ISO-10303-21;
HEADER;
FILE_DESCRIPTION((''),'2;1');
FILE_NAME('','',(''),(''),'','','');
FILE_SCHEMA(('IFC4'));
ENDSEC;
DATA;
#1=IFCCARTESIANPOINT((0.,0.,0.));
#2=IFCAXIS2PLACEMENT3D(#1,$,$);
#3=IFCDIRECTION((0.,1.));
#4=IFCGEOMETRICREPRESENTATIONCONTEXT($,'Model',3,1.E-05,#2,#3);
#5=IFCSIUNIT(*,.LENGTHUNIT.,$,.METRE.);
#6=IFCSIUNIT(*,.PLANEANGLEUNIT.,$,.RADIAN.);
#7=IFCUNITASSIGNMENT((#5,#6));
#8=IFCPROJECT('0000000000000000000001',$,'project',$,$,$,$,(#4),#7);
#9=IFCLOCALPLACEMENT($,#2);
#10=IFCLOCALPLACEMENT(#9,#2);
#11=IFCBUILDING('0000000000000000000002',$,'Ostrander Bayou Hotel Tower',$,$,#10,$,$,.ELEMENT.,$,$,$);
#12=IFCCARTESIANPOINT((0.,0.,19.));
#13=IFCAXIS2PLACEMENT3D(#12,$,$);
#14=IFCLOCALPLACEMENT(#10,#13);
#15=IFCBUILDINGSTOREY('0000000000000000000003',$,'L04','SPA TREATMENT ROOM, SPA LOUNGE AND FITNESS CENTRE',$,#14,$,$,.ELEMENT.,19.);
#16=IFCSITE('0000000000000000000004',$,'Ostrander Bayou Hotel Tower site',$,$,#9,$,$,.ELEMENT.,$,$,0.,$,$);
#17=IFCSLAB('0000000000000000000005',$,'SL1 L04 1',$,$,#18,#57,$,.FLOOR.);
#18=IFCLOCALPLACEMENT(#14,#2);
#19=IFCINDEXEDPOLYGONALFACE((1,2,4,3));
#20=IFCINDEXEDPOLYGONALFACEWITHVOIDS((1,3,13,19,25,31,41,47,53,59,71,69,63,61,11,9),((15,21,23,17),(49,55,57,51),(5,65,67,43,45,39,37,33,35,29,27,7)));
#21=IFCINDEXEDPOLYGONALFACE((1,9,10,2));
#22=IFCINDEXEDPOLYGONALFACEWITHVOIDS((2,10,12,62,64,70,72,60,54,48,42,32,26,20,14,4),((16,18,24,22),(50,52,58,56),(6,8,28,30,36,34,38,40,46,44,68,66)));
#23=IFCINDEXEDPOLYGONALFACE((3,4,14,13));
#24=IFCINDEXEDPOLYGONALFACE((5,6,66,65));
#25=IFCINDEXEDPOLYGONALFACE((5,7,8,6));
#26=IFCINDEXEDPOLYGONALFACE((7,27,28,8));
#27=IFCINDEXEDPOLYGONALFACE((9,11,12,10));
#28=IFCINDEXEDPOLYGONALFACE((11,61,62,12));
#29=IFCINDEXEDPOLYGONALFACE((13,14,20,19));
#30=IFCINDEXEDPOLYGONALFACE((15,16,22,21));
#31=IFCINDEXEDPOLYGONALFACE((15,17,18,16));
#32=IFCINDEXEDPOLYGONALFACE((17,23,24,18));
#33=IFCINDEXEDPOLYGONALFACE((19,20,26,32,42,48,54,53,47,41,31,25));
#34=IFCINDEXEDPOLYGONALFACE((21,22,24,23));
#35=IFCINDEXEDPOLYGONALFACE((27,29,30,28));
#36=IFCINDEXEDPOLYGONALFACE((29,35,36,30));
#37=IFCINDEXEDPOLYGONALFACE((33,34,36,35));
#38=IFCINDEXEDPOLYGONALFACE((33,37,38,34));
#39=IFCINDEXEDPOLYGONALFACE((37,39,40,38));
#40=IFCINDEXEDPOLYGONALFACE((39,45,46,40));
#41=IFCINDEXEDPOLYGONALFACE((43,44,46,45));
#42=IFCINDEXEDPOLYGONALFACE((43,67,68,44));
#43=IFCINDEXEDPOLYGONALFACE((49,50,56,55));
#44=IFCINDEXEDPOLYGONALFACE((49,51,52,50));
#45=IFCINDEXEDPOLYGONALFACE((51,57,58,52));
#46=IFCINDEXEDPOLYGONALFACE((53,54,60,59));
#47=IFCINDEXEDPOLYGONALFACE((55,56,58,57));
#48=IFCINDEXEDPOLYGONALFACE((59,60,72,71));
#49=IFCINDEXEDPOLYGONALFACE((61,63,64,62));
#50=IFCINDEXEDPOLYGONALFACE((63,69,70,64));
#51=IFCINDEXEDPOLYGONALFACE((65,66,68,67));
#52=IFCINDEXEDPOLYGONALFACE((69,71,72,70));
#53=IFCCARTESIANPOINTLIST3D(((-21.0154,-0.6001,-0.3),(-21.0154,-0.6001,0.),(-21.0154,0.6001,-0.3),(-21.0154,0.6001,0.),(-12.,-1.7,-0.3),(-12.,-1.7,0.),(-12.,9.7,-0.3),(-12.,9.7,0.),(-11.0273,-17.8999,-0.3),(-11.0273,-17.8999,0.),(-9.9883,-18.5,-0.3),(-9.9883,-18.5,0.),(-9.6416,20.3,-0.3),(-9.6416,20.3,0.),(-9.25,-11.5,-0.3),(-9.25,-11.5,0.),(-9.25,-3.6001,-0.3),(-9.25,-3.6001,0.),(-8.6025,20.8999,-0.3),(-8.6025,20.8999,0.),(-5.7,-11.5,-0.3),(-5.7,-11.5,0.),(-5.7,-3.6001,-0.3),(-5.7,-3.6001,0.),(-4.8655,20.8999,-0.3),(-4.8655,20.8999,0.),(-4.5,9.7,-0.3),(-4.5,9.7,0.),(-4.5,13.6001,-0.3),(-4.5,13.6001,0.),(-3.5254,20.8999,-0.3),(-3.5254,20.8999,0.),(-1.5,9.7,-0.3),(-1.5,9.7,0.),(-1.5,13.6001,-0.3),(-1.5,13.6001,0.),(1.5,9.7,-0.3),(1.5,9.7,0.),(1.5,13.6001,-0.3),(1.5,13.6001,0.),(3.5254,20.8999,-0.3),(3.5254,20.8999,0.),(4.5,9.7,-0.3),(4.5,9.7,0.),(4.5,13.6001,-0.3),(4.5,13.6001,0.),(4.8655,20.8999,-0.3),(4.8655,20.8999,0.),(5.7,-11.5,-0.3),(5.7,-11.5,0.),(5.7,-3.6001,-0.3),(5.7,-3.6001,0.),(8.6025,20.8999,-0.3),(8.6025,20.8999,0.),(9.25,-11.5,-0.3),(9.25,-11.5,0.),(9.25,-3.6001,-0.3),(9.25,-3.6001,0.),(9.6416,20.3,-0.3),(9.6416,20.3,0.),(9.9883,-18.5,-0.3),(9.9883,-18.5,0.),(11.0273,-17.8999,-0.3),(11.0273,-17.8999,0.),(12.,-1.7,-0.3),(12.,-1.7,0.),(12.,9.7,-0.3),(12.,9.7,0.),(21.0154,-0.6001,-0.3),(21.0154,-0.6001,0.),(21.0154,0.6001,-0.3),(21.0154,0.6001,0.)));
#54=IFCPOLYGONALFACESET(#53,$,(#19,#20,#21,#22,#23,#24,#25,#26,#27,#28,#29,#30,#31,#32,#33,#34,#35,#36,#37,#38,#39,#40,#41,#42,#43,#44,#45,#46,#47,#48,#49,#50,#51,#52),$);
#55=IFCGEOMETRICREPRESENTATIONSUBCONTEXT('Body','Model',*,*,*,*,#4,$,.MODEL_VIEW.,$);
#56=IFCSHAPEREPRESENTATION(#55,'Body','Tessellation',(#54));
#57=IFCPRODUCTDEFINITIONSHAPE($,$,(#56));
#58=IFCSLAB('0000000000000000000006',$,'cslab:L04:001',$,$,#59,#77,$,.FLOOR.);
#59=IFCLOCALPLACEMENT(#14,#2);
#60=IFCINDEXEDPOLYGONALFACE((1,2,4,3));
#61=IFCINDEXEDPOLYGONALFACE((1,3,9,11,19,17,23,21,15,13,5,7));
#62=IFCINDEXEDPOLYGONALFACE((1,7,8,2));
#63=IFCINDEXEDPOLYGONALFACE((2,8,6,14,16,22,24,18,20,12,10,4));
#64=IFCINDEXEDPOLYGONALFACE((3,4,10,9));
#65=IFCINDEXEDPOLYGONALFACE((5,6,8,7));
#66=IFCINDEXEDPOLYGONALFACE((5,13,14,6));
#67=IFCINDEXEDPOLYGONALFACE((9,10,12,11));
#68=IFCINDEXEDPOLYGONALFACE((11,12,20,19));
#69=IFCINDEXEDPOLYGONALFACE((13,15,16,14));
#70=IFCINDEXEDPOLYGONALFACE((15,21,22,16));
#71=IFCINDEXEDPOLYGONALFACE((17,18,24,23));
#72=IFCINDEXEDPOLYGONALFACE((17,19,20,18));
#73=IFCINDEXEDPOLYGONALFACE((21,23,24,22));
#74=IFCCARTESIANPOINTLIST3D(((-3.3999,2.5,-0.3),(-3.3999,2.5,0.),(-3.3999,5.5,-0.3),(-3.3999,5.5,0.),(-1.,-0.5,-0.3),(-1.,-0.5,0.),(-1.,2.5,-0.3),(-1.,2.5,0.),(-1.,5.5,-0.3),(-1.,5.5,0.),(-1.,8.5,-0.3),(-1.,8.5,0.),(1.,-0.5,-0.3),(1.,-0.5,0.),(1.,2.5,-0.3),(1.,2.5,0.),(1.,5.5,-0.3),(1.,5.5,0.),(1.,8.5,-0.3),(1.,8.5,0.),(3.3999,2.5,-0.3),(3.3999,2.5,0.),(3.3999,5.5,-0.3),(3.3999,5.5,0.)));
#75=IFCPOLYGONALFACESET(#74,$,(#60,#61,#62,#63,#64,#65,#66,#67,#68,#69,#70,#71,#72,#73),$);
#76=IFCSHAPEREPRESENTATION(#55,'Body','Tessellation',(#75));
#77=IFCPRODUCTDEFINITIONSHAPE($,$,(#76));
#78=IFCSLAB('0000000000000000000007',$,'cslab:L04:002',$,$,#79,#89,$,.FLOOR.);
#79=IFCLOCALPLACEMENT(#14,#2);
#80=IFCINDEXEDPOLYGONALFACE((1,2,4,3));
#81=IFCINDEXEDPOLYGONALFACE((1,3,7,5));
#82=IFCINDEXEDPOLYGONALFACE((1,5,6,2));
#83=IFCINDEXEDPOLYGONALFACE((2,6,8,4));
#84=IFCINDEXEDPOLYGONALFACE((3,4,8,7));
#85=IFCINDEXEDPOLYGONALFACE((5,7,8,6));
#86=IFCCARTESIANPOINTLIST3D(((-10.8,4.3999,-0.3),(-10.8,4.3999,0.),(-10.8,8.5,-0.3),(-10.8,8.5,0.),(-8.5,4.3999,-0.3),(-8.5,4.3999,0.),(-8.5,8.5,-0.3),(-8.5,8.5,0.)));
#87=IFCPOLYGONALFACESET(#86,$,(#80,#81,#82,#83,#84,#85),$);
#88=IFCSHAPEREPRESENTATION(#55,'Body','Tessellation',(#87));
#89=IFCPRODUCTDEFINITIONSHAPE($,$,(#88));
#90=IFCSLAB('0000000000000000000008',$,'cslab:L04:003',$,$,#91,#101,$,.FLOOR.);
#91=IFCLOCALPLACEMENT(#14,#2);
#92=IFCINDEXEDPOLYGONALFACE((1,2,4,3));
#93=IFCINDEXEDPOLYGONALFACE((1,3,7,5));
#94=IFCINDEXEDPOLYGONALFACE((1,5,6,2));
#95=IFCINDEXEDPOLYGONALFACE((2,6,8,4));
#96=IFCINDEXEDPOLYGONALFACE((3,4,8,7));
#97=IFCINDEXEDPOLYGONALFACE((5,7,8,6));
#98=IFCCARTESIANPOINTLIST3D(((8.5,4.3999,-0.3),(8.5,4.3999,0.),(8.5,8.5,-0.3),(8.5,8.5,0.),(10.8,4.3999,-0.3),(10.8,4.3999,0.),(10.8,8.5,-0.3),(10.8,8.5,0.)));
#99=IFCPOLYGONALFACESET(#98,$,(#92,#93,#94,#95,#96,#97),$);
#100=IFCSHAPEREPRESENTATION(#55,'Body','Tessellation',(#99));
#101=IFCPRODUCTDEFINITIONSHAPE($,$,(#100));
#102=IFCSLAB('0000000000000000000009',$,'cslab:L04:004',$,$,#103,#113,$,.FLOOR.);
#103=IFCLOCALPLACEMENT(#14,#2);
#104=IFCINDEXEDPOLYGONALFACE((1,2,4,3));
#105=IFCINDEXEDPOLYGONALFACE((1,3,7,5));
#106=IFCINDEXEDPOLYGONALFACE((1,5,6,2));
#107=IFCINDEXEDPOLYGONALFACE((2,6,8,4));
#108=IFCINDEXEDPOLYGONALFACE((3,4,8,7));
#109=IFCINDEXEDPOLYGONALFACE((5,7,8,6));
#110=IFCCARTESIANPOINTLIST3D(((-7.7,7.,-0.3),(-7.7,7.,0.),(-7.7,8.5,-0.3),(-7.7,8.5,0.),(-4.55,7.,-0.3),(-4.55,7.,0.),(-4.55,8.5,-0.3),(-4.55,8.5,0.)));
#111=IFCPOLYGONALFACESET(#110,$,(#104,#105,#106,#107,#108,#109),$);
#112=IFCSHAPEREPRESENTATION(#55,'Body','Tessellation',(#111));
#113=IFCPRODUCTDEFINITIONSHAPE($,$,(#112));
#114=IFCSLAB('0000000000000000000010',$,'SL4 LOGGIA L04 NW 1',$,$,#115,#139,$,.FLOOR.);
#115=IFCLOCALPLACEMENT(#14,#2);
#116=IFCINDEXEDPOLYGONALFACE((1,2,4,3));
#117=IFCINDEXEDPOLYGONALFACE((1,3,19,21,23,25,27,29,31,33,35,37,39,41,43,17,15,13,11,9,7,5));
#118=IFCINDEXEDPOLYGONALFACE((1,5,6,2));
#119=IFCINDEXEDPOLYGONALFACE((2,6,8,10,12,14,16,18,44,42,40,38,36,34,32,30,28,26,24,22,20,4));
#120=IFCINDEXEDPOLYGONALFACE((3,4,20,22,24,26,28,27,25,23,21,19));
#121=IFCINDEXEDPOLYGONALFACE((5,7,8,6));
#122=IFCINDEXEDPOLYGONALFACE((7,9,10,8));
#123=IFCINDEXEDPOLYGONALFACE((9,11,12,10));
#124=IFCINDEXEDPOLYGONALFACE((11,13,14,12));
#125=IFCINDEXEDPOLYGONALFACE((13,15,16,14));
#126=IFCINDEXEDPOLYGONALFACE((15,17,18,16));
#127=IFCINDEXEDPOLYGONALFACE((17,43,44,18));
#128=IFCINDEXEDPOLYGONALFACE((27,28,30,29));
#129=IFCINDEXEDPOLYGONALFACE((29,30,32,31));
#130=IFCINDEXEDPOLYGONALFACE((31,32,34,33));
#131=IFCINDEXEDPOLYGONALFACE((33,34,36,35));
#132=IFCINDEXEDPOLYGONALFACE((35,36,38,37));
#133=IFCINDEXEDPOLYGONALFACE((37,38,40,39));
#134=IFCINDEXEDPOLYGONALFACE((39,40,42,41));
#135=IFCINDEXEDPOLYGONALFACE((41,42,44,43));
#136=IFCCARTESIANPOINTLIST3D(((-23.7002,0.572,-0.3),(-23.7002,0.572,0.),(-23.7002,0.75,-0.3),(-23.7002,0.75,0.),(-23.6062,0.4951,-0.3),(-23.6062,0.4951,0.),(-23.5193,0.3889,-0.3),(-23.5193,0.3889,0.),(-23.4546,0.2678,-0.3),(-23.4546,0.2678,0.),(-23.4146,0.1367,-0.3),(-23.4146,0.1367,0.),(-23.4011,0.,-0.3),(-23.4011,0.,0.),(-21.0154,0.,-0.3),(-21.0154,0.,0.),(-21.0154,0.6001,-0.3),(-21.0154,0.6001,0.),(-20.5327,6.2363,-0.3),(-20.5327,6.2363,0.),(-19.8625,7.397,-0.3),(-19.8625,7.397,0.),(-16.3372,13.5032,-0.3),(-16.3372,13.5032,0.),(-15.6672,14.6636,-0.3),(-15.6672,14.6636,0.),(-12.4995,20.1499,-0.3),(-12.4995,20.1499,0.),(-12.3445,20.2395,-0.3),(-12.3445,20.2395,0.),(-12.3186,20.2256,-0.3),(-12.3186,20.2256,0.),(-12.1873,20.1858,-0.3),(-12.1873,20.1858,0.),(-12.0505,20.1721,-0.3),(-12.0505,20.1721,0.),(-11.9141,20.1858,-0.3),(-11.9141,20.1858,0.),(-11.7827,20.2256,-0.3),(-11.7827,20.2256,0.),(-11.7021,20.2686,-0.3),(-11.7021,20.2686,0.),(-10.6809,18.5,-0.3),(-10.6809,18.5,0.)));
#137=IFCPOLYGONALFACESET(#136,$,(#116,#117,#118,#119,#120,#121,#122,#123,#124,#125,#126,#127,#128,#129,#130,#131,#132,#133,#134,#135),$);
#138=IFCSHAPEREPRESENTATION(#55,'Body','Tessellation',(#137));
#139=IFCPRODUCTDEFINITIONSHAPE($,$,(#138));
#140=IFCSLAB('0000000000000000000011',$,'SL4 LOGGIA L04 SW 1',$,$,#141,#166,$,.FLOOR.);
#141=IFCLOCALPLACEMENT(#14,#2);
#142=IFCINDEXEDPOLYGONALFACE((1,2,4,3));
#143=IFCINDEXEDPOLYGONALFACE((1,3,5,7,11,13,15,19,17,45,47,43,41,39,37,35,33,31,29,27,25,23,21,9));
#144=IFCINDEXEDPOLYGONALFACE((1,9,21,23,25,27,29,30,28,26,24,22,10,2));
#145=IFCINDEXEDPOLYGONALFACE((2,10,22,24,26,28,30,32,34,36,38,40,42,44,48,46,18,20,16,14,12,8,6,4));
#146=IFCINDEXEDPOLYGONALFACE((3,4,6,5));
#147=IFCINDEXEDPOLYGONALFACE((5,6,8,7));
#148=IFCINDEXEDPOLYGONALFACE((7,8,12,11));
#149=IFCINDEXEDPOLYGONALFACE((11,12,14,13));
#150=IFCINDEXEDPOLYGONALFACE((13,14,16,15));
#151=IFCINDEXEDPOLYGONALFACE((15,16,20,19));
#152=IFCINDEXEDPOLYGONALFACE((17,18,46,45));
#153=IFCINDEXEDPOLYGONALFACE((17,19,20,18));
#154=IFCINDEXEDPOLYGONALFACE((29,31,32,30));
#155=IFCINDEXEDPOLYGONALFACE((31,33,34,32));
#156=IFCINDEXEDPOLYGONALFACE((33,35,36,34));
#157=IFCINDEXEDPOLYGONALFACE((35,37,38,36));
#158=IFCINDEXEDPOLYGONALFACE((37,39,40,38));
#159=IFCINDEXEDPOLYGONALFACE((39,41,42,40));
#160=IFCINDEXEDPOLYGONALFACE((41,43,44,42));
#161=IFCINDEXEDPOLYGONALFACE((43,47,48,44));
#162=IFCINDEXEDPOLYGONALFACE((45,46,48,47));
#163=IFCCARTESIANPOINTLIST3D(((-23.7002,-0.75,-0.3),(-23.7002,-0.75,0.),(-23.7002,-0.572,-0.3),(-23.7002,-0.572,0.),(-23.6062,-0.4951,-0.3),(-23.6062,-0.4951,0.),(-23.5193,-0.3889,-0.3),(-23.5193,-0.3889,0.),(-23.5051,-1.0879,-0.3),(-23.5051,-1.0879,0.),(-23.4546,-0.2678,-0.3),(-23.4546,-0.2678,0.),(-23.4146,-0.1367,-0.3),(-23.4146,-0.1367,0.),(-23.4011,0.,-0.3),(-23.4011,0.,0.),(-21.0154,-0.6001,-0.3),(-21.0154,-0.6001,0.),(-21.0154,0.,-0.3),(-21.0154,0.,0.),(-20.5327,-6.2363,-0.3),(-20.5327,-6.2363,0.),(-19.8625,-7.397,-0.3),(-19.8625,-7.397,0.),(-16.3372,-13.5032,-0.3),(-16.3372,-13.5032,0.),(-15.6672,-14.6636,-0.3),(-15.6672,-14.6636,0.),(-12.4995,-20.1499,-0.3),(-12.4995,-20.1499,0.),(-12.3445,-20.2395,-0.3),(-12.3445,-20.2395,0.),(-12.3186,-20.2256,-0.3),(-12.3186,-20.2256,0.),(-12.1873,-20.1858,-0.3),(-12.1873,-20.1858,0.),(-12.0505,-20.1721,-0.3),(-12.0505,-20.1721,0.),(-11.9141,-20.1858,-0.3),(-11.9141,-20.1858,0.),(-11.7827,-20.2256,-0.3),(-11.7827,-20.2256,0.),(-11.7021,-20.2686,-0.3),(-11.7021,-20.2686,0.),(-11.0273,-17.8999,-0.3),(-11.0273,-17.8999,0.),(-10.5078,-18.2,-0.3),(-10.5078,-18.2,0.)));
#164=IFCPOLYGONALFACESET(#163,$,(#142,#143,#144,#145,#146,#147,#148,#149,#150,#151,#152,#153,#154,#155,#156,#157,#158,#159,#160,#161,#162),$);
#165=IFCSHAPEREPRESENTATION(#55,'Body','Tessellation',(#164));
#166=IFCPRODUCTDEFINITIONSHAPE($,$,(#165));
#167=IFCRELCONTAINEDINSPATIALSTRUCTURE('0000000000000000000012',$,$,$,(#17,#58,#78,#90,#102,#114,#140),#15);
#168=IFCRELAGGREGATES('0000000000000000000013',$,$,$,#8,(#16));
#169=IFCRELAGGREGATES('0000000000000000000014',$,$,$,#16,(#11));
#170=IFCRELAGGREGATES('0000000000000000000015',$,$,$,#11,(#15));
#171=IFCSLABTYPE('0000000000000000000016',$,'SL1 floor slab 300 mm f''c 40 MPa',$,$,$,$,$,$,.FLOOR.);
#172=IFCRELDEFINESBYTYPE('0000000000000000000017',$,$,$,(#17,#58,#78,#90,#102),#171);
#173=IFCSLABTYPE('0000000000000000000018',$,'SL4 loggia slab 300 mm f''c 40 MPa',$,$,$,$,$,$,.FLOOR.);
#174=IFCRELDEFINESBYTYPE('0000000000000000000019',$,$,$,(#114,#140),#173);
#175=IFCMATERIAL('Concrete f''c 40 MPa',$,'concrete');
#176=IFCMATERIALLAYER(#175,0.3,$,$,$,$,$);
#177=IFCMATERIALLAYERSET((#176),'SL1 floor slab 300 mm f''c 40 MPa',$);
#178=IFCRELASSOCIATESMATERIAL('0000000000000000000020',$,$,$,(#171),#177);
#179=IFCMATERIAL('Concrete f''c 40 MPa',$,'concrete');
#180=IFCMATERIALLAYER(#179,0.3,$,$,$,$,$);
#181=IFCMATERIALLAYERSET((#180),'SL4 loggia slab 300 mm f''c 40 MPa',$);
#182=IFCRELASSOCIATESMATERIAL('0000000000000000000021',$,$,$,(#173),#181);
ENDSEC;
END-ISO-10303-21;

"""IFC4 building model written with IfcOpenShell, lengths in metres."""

from ifc_helpers import new_model, si_unit, direction, frame, origin, place, context, subcontext, project, spatial, polyline, outline, extrude, material, layer, layer_set, type_object, element, save


model = new_model("IFC4")

# Units and contexts
model_context = context("Model", 3, precision=1e-05, world=origin(), true_north=direction((0.0, 1.0)))
body_context = subcontext(model_context, "Body", "Model", "MODEL_VIEW")
ifc_project = project(units=[si_unit("LENGTHUNIT", "METRE"), si_unit("PLANEANGLEUNIT", "RADIAN")], contexts=[model_context])

# Site, building, storey
site_placement = place(None, origin())
site = spatial("IfcSite", under=ifc_project, at=site_placement, Name="Ostrander Bayou Hotel Tower site", CompositionType="ELEMENT", RefElevation=0.0)
building_placement = place(site_placement, origin())
building = spatial("IfcBuilding", under=site, at=building_placement, Name="Ostrander Bayou Hotel Tower", CompositionType="ELEMENT")
storey_placement = place(building_placement, frame((0.0, 0.0, 19.0)))
storey = spatial("IfcBuildingStorey", under=building, at=storey_placement, Name="L04", Description="SPA TREATMENT ROOM, SPA LOUNGE AND FITNESS CENTRE", CompositionType="ELEMENT", Elevation=19.0)

# Slabs
ifc_material_1 = material(Name="Concrete f'c 40 MPa", Category="concrete")
ifc_layer_1 = layer(ifc_material_1, 0.3)
ifc_layer_set_1 = layer_set([ifc_layer_1], Name="SL1 floor slab 300 mm f'c 40 MPa")
slab_type_1 = type_object("IfcSlabType", Name="SL1 floor slab 300 mm f'c 40 MPa", PredefinedType="FLOOR", material=ifc_layer_set_1)
slab_1_placement = place(storey_placement, frame((0.0, 0.0, -0.3)))
element("IfcSlab", 1, at=slab_1_placement, inside=storey, type_object=slab_type_1, Name="SL1 L04 1", PredefinedType="FLOOR", context=body_context, shape_type="SweptSolid", body=[
    extrude(outline(polyline([(-3.5254, 20.8999), (3.5254, 20.8999), (4.8655, 20.8999), (8.6025, 20.8999), (9.6416, 20.3), (21.0154, 0.6001), (21.0154, -0.6001), (11.0273, -17.8999), (9.9883, -18.5), (-9.9883, -18.5), (-11.0273, -17.8999), (-21.0154, -0.6001), (-21.0154, 0.6001), (-9.6416, 20.3), (-8.6025, 20.8999), (-4.8655, 20.8999), (-3.5254, 20.8999)]), holes=[polyline([(-12.0, -1.7), (12.0, -1.7), (12.0, 9.7), (4.5, 9.7), (4.5, 13.6001), (1.5, 13.6001), (1.5, 9.7), (-1.5, 9.7), (-1.5, 13.6001), (-4.5, 13.6001), (-4.5, 9.7), (-12.0, 9.7), (-12.0, -1.7)]), polyline([(9.25, -3.6001), (5.7, -3.6001), (5.7, -11.5), (9.25, -11.5), (9.25, -3.6001)]), polyline([(-5.7, -3.6001), (-9.25, -3.6001), (-9.25, -11.5), (-5.7, -11.5), (-5.7, -3.6001)])]), origin(), (0.0, 0.0, 1.0), 0.3),
])
slab_2_placement = place(storey_placement, frame((0.0, 0.0, -0.3)))
element("IfcSlab", 2, at=slab_2_placement, inside=storey, type_object=slab_type_1, Name="cslab:L04:001", PredefinedType="FLOOR", context=body_context, shape_type="SweptSolid", body=[
    extrude(outline(polyline([(-3.3999, 5.5), (-1.0, 5.5), (-1.0, 8.5), (1.0, 8.5), (1.0, 5.5), (3.3999, 5.5), (3.3999, 2.5), (1.0, 2.5), (1.0, -0.5), (-1.0, -0.5), (-1.0, 2.5), (-3.3999, 2.5), (-3.3999, 5.5)])), origin(), (0.0, 0.0, 1.0), 0.3),
])
slab_3_placement = place(storey_placement, frame((0.0, 0.0, -0.3)))
element("IfcSlab", 3, at=slab_3_placement, inside=storey, type_object=slab_type_1, Name="cslab:L04:002", PredefinedType="FLOOR", context=body_context, shape_type="SweptSolid", body=[
    extrude(outline(polyline([(-8.5, 4.3999), (-8.5, 8.5), (-10.8, 8.5), (-10.8, 4.3999), (-8.5, 4.3999)])), origin(), (0.0, 0.0, 1.0), 0.3),
])
slab_4_placement = place(storey_placement, frame((0.0, 0.0, -0.3)))
element("IfcSlab", 4, at=slab_4_placement, inside=storey, type_object=slab_type_1, Name="cslab:L04:003", PredefinedType="FLOOR", context=body_context, shape_type="SweptSolid", body=[
    extrude(outline(polyline([(10.8, 4.3999), (10.8, 8.5), (8.5, 8.5), (8.5, 4.3999), (10.8, 4.3999)])), origin(), (0.0, 0.0, 1.0), 0.3),
])
slab_5_placement = place(storey_placement, frame((0.0, 0.0, -0.3)))
element("IfcSlab", 5, at=slab_5_placement, inside=storey, type_object=slab_type_1, Name="cslab:L04:004", PredefinedType="FLOOR", context=body_context, shape_type="SweptSolid", body=[
    extrude(outline(polyline([(-4.55, 7.0), (-4.55, 8.5), (-7.7, 8.5), (-7.7, 7.0), (-4.55, 7.0)])), origin(), (0.0, 0.0, 1.0), 0.3),
])
ifc_material_2 = material(Name="Concrete f'c 40 MPa", Category="concrete")
ifc_layer_2 = layer(ifc_material_2, 0.3)
ifc_layer_set_2 = layer_set([ifc_layer_2], Name="SL4 loggia slab 300 mm f'c 40 MPa")
slab_type_2 = type_object("IfcSlabType", Name="SL4 loggia slab 300 mm f'c 40 MPa", PredefinedType="FLOOR", material=ifc_layer_set_2)
slab_6_placement = place(storey_placement, frame((0.0, 0.0, -0.3)))
element("IfcSlab", 6, at=slab_6_placement, inside=storey, type_object=slab_type_2, Name="SL4 LOGGIA L04 NW 1", PredefinedType="FLOOR", context=body_context, shape_type="SweptSolid", body=[
    extrude(outline(polyline([(-23.4011, 0.0), (-23.4146, 0.1367), (-23.4546, 0.2678), (-23.5193, 0.3889), (-23.6062, 0.4951), (-23.7002, 0.572), (-23.7002, 0.75), (-20.5327, 6.2363), (-19.8625, 7.397), (-16.3372, 13.5032), (-15.6672, 14.6636), (-12.4995, 20.1499), (-12.3445, 20.2395), (-12.3186, 20.2256), (-12.1873, 20.1858), (-12.0505, 20.1721), (-11.9141, 20.1858), (-11.7827, 20.2256), (-11.7021, 20.2686), (-10.6809, 18.5), (-21.0154, 0.6001), (-21.0154, 0.0), (-23.4011, 0.0)])), origin(), (0.0, 0.0, 1.0), 0.3),
])
slab_7_placement = place(storey_placement, frame((0.0, 0.0, -0.3)))
element("IfcSlab", 7, at=slab_7_placement, inside=storey, type_object=slab_type_2, Name="SL4 LOGGIA L04 SW 1", PredefinedType="FLOOR", context=body_context, shape_type="SweptSolid", body=[
    extrude(outline(polyline([(-10.5078, -18.2), (-11.7021, -20.2686), (-11.7827, -20.2256), (-11.9141, -20.1858), (-12.0505, -20.1721), (-12.1873, -20.1858), (-12.3186, -20.2256), (-12.3445, -20.2395), (-12.4995, -20.1499), (-15.6672, -14.6636), (-16.3372, -13.5032), (-19.8625, -7.397), (-20.5327, -6.2363), (-23.5051, -1.0879), (-23.7002, -0.75), (-23.7002, -0.572), (-23.6062, -0.4951), (-23.5193, -0.3889), (-23.4546, -0.2678), (-23.4146, -0.1367), (-23.4011, 0.0), (-21.0154, 0.0), (-21.0154, -0.6001), (-11.0273, -17.8999), (-10.5078, -18.2)])), origin(), (0.0, 0.0, 1.0), 0.3),
])

save(model, "model.ifc")
